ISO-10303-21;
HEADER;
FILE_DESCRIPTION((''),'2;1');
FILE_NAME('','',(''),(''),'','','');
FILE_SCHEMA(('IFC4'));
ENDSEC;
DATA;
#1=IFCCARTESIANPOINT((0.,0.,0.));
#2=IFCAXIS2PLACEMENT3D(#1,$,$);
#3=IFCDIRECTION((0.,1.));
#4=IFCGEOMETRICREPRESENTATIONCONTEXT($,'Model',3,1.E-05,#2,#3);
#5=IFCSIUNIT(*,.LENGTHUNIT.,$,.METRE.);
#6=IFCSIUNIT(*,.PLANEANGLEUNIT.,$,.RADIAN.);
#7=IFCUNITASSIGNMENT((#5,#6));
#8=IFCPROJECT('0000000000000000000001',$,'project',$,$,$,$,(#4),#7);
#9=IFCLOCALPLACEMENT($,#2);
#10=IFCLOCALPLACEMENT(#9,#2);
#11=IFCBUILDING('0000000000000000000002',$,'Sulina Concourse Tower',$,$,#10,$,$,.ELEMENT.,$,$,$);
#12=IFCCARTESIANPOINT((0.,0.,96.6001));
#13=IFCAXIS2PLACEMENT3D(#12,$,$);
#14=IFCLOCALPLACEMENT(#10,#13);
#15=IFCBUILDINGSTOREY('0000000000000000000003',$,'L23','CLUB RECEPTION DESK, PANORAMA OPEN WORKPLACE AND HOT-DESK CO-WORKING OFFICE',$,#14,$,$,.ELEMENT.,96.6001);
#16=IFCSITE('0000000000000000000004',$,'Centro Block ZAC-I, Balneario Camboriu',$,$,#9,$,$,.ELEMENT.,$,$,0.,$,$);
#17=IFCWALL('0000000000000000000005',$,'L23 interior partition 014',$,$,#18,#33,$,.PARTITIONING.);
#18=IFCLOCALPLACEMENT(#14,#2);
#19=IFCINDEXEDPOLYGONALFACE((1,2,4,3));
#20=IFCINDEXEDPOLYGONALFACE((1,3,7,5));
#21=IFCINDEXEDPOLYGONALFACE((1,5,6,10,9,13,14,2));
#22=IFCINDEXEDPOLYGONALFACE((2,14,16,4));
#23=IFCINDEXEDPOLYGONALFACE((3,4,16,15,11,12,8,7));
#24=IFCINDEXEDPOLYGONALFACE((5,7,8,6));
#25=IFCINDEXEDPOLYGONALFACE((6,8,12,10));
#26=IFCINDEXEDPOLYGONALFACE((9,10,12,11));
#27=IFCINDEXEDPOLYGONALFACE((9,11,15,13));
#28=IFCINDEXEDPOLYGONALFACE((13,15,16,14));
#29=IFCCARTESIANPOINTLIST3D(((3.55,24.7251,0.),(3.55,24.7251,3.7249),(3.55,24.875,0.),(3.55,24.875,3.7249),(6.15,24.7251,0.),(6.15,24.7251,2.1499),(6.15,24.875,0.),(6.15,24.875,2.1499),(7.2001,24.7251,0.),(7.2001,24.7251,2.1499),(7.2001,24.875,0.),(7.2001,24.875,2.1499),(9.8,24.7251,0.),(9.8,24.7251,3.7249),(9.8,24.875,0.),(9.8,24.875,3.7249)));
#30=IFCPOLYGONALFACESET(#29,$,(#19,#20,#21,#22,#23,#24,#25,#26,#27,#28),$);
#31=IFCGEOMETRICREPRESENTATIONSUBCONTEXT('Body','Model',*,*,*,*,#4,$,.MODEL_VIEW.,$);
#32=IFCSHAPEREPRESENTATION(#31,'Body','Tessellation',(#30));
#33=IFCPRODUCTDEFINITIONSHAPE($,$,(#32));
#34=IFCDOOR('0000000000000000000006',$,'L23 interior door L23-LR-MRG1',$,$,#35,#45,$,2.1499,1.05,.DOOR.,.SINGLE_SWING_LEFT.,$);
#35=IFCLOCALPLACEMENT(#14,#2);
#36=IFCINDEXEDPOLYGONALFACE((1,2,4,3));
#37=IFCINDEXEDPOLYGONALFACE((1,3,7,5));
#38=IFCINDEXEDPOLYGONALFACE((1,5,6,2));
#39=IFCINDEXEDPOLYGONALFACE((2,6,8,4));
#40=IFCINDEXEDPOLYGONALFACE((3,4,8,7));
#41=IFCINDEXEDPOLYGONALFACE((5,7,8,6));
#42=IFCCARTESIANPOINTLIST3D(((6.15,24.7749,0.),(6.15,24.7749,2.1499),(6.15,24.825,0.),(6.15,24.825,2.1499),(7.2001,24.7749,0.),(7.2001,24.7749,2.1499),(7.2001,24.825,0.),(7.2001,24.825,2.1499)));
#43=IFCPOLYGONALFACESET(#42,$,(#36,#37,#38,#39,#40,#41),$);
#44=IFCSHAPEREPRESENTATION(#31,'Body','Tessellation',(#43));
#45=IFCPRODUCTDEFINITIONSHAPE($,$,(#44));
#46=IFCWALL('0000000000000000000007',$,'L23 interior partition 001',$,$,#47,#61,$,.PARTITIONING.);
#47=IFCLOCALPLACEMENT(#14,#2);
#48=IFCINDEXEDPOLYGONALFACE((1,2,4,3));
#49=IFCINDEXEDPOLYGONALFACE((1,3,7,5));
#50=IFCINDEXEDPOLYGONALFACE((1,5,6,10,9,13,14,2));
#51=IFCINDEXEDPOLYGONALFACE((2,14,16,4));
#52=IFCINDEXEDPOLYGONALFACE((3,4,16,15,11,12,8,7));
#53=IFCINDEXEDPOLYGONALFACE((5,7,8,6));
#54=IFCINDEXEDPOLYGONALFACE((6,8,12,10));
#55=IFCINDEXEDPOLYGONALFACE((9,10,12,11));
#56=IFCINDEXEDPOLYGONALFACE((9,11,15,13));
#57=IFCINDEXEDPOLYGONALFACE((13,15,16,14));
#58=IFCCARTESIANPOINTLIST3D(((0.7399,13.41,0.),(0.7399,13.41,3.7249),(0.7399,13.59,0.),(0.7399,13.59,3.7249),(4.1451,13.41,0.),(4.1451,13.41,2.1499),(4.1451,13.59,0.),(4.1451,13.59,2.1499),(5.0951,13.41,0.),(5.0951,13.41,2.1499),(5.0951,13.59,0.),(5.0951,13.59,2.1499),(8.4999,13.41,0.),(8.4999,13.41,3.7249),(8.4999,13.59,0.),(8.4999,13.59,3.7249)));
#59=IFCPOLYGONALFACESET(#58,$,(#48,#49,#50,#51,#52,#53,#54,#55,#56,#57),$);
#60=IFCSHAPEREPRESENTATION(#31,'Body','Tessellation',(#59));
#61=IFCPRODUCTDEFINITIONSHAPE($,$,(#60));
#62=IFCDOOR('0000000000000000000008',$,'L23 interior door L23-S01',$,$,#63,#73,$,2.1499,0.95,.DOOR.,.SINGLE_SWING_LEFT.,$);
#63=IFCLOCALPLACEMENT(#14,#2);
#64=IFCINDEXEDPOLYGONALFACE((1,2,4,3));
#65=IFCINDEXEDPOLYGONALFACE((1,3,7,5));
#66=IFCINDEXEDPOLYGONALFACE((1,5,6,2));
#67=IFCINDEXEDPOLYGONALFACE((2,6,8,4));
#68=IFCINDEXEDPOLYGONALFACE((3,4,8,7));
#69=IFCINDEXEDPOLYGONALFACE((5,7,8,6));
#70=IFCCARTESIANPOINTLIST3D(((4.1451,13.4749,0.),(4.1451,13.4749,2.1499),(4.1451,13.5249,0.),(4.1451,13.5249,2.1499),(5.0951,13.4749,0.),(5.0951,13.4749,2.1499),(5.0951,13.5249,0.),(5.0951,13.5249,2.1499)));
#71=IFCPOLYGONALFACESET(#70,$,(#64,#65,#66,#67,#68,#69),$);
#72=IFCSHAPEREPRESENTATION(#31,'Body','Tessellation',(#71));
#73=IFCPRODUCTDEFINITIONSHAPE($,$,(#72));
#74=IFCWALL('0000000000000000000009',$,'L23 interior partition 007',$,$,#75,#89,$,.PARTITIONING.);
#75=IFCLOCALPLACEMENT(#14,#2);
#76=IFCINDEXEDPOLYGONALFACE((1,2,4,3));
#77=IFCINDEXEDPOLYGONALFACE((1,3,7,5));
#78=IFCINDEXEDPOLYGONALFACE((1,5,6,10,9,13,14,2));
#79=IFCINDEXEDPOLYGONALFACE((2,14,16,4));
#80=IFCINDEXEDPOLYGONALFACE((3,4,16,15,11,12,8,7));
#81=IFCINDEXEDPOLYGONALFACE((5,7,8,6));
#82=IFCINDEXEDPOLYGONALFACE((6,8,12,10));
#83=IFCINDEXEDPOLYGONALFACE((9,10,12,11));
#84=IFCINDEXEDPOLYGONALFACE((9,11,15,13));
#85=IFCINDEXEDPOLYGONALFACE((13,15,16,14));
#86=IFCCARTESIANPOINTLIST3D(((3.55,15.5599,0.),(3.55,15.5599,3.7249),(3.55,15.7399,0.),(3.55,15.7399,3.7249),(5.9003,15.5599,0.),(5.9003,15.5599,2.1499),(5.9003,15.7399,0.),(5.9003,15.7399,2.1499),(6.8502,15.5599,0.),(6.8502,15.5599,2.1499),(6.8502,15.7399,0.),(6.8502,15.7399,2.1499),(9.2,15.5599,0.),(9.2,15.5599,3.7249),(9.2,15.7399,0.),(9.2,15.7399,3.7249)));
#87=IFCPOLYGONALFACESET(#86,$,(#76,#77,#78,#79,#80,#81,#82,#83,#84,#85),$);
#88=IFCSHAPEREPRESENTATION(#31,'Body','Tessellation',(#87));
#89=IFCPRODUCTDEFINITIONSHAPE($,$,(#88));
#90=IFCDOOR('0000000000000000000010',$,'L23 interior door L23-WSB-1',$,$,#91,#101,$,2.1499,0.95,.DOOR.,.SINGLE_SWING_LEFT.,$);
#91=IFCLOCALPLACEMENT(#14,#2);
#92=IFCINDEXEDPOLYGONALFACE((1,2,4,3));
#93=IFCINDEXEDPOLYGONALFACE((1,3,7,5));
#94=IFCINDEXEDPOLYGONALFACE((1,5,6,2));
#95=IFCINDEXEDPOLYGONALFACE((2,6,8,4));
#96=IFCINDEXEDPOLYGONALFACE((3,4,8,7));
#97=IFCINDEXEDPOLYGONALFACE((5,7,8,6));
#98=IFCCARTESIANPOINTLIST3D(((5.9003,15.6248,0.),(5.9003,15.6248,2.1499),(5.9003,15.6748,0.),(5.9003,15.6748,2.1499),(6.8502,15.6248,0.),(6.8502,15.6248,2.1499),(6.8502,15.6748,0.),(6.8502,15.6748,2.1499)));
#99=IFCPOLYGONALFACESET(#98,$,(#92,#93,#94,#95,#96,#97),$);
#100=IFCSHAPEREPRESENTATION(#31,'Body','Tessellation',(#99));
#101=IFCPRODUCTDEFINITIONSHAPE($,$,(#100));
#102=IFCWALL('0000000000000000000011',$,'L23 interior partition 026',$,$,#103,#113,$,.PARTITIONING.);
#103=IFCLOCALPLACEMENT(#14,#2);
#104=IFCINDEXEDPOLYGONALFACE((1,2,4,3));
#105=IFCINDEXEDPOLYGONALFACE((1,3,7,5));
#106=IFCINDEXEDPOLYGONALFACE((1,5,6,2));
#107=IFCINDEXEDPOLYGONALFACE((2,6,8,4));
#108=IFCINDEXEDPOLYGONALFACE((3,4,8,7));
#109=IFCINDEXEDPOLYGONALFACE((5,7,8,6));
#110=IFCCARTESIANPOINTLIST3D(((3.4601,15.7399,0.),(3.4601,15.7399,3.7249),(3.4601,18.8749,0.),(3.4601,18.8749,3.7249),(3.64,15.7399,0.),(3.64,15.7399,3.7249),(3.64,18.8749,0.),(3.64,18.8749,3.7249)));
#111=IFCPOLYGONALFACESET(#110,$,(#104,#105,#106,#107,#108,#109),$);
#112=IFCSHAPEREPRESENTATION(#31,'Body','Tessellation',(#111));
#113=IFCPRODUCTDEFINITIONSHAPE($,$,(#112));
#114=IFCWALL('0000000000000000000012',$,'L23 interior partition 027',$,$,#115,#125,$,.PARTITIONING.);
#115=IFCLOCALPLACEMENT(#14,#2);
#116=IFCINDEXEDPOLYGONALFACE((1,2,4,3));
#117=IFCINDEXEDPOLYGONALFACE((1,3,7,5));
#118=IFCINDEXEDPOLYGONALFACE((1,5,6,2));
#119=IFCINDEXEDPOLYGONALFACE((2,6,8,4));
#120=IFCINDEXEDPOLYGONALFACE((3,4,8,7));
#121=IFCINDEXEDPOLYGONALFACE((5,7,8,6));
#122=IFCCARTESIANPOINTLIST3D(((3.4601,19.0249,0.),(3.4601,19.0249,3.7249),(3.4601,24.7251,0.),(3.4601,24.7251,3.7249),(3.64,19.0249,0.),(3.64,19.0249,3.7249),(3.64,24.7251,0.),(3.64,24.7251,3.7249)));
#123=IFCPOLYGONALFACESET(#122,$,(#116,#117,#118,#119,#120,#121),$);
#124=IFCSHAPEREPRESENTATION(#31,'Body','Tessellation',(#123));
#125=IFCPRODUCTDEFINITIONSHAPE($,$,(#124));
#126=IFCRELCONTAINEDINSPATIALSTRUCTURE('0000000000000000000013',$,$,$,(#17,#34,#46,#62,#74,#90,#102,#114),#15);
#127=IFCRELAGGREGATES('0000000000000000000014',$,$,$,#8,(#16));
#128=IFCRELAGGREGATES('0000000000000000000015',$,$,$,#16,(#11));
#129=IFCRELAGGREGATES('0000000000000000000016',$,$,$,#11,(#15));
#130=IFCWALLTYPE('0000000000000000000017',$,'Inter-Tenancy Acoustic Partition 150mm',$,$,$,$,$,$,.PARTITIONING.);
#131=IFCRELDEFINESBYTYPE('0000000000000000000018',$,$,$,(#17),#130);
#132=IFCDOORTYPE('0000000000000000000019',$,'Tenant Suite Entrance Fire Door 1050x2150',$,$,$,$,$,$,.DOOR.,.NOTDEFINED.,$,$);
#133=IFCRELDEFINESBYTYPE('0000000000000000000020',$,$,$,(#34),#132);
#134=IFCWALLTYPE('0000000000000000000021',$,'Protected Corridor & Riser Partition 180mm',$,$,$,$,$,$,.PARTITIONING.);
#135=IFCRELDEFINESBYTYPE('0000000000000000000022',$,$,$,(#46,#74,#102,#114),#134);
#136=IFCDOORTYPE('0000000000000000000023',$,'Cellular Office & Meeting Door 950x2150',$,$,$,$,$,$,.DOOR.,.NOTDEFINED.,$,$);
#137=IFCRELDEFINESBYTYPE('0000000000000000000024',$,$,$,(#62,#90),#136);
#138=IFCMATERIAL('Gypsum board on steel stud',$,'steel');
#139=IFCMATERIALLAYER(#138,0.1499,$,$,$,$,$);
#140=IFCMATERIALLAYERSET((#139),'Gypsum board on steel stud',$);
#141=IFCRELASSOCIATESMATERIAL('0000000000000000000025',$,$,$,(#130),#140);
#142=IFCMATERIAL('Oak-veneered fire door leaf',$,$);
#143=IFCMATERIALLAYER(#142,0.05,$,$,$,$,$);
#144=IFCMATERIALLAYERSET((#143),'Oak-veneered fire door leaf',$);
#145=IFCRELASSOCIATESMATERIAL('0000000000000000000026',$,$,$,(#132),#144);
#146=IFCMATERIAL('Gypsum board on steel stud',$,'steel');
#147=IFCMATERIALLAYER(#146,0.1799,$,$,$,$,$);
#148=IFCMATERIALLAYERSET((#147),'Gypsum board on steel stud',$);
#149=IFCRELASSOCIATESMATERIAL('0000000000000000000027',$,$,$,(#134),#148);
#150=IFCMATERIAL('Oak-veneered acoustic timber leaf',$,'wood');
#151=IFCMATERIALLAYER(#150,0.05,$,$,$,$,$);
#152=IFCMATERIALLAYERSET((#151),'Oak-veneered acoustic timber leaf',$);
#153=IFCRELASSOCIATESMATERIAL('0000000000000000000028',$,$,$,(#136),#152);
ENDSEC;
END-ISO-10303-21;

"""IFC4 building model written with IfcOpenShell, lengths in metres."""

from ifc_helpers import new_model, si_unit, direction, frame, frame_2d, origin, place, context, subcontext, project, spatial, rectangle, extrude, material, layer, layer_set, type_object, element, fill, save


model = new_model("IFC4")

# Units and contexts
model_context = context("Model", 3, precision=1e-05, world=origin(), true_north=direction((0.0, 1.0)))
body_context = subcontext(model_context, "Body", "Model", "MODEL_VIEW")
ifc_project = project(units=[si_unit("LENGTHUNIT", "METRE"), si_unit("PLANEANGLEUNIT", "RADIAN")], contexts=[model_context])

# Site, building, storey
site_placement = place(None, origin())
site = spatial("IfcSite", under=ifc_project, at=site_placement, Name="Centro Block ZAC-I, Balneario Camboriu", CompositionType="ELEMENT", RefElevation=0.0)
building_placement = place(site_placement, origin())
building = spatial("IfcBuilding", under=site, at=building_placement, Name="Sulina Concourse Tower", CompositionType="ELEMENT")
storey_placement = place(building_placement, frame((0.0, 0.0, 96.6001)))
storey = spatial("IfcBuildingStorey", under=building, at=storey_placement, Name="L23", Description="CLUB RECEPTION DESK, PANORAMA OPEN WORKPLACE AND HOT-DESK CO-WORKING OFFICE", CompositionType="ELEMENT", Elevation=96.6001)

# Shared definitions
ifc_material_1 = material(Name="Gypsum board on steel stud", Category="steel")
ifc_layer_1 = layer(ifc_material_1, 0.1499)
ifc_layer_set_1 = layer_set([ifc_layer_1], Name="Gypsum board on steel stud")
wall_type_1 = type_object("IfcWallType", Name="Inter-Tenancy Acoustic Partition 150mm", PredefinedType="PARTITIONING", material=ifc_layer_set_1)

# Walls, openings, doors
wall_1_placement = place(storey_placement, frame((3.55, 24.8, 0.0), z_axis=(0.0, 0.0, 1.0), x_axis=(1.0, 0.0, 0.0)))
wall_1 = element("IfcWall", 1, at=wall_1_placement, inside=storey, type_object=wall_type_1, Name="L23 interior partition 014", PredefinedType="PARTITIONING", context=body_context, shape_type="SweptSolid", body=[
    extrude(rectangle(XDim=6.25, YDim=0.1499, at=frame_2d((3.125, 0.0))), origin(), (0.0, 0.0, 1.0), 3.7249),
])
opening_1_placement = place(wall_1_placement, frame((2.6001, 0.0, 0.0)))
opening_1 = element("IfcOpeningElement", 2, at=opening_1_placement, cuts=wall_1, PredefinedType="OPENING", context=body_context, shape_type="SweptSolid", body=[
    extrude(rectangle(XDim=1.05, YDim=2.1499, at=frame_2d((0.5249, 1.075))), frame((0.0, 0.085, 0.0), z_axis=(0.0, -1.0, 0.0), x_axis=(1.0, 0.0, 0.0)), (0.0, 0.0, 1.0), 0.1699),
])
ifc_material_2 = material(Name="Oak-veneered fire door leaf")
ifc_layer_2 = layer(ifc_material_2, 0.05)
ifc_layer_set_2 = layer_set([ifc_layer_2], Name="Oak-veneered fire door leaf")
door_type_1 = type_object("IfcDoorType", Name="Tenant Suite Entrance Fire Door 1050x2150", OperationType="NOTDEFINED", PredefinedType="DOOR", material=ifc_layer_set_2)
door_1_placement = place(opening_1_placement, origin())
door_1 = element("IfcDoor", 3, at=door_1_placement, inside=storey, type_object=door_type_1, Name="L23 interior door L23-LR-MRG1", OperationType="SINGLE_SWING_LEFT", OverallHeight=2.1499, OverallWidth=1.05, PredefinedType="DOOR", context=body_context, shape_type="SweptSolid", body=[
    extrude(rectangle(XDim=1.05, YDim=2.1499, at=frame_2d((0.5249, 1.075))), frame((0.0, 0.0249, 0.0), z_axis=(0.0, -1.0, 0.0), x_axis=(1.0, 0.0, 0.0)), (0.0, 0.0, 1.0), 0.05),
])
fill(opening_1, door_1)
ifc_material_3 = material(Name="Gypsum board on steel stud", Category="steel")
ifc_layer_3 = layer(ifc_material_3, 0.1799)
ifc_layer_set_3 = layer_set([ifc_layer_3], Name="Gypsum board on steel stud")
wall_type_2 = type_object("IfcWallType", Name="Protected Corridor & Riser Partition 180mm", PredefinedType="PARTITIONING", material=ifc_layer_set_3)
wall_2_placement = place(storey_placement, frame((0.74, 13.5, 0.0), z_axis=(0.0, 0.0, 1.0), x_axis=(1.0, 0.0, 0.0)))
wall_2 = element("IfcWall", 4, at=wall_2_placement, inside=storey, type_object=wall_type_2, Name="L23 interior partition 001", PredefinedType="PARTITIONING", context=body_context, shape_type="SweptSolid", body=[
    extrude(rectangle(XDim=7.76, YDim=0.1799, at=frame_2d((3.8799, 0.0))), origin(), (0.0, 0.0, 1.0), 3.7249),
])
opening_2_placement = place(wall_2_placement, frame((3.405, 0.0, 0.0)))
opening_2 = element("IfcOpeningElement", 5, at=opening_2_placement, cuts=wall_2, PredefinedType="OPENING", context=body_context, shape_type="SweptSolid", body=[
    extrude(rectangle(XDim=0.95, YDim=2.1499, at=frame_2d((0.4751, 1.075))), frame((0.0, 0.0999, 0.0), z_axis=(0.0, -1.0, 0.0), x_axis=(1.0, 0.0, 0.0)), (0.0, 0.0, 1.0), 0.2),
])
ifc_material_4 = material(Name="Oak-veneered acoustic timber leaf", Category="wood")
ifc_layer_4 = layer(ifc_material_4, 0.05)
ifc_layer_set_4 = layer_set([ifc_layer_4], Name="Oak-veneered acoustic timber leaf")
door_type_2 = type_object("IfcDoorType", Name="Cellular Office & Meeting Door 950x2150", OperationType="NOTDEFINED", PredefinedType="DOOR", material=ifc_layer_set_4)
door_2_placement = place(opening_2_placement, origin())
door_2 = element("IfcDoor", 6, at=door_2_placement, inside=storey, type_object=door_type_2, Name="L23 interior door L23-S01", OperationType="SINGLE_SWING_LEFT", OverallHeight=2.1499, OverallWidth=0.95, PredefinedType="DOOR", context=body_context, shape_type="SweptSolid", body=[
    extrude(rectangle(XDim=0.95, YDim=2.1499, at=frame_2d((0.4751, 1.075))), frame((0.0, 0.0249, 0.0), z_axis=(0.0, -1.0, 0.0), x_axis=(1.0, 0.0, 0.0)), (0.0, 0.0, 1.0), 0.05),
])
fill(opening_2, door_2)
wall_3_placement = place(storey_placement, frame((3.55, 15.6499, 0.0), z_axis=(0.0, 0.0, 1.0), x_axis=(1.0, 0.0, 0.0)))
wall_3 = element("IfcWall", 7, at=wall_3_placement, inside=storey, type_object=wall_type_2, Name="L23 interior partition 007", PredefinedType="PARTITIONING", context=body_context, shape_type="SweptSolid", body=[
    extrude(rectangle(XDim=5.6499, YDim=0.1799, at=frame_2d((2.825, 0.0))), origin(), (0.0, 0.0, 1.0), 3.7249),
])
opening_3_placement = place(wall_3_placement, frame((2.3501, 0.0, 0.0)))
opening_3 = element("IfcOpeningElement", 8, at=opening_3_placement, cuts=wall_3, PredefinedType="OPENING", context=body_context, shape_type="SweptSolid", body=[
    extrude(rectangle(XDim=0.95, YDim=2.1499, at=frame_2d((0.4751, 1.075))), frame((0.0, 0.0999, 0.0), z_axis=(0.0, -1.0, 0.0), x_axis=(1.0, 0.0, 0.0)), (0.0, 0.0, 1.0), 0.2),
])
door_3_placement = place(opening_3_placement, origin())
door_3 = element("IfcDoor", 9, at=door_3_placement, inside=storey, type_object=door_type_2, Name="L23 interior door L23-WSB-1", OperationType="SINGLE_SWING_LEFT", OverallHeight=2.1499, OverallWidth=0.95, PredefinedType="DOOR", context=body_context, shape_type="SweptSolid", body=[
    extrude(rectangle(XDim=0.95, YDim=2.1499, at=frame_2d((0.4751, 1.075))), frame((0.0, 0.0249, 0.0), z_axis=(0.0, -1.0, 0.0), x_axis=(1.0, 0.0, 0.0)), (0.0, 0.0, 1.0), 0.05),
])
fill(opening_3, door_3)

# Walls
wall_4_placement = place(storey_placement, frame((3.55, 15.74, 0.0), z_axis=(0.0, 0.0, 1.0), x_axis=(0.0, 1.0, 0.0)))
element("IfcWall", 10, at=wall_4_placement, inside=storey, type_object=wall_type_2, Name="L23 interior partition 026", PredefinedType="PARTITIONING", context=body_context, shape_type="SweptSolid", body=[
    extrude(rectangle(XDim=3.135, YDim=0.1799, at=frame_2d((1.5674, 0.0))), origin(), (0.0, 0.0, 1.0), 3.7249),
])
wall_5_placement = place(storey_placement, frame((3.55, 19.0249, 0.0), z_axis=(0.0, 0.0, 1.0), x_axis=(0.0, 1.0, 0.0)))
element("IfcWall", 11, at=wall_5_placement, inside=storey, type_object=wall_type_2, Name="L23 interior partition 027", PredefinedType="PARTITIONING", context=body_context, shape_type="SweptSolid", body=[
    extrude(rectangle(XDim=5.7002, YDim=0.1799, at=frame_2d((2.8501, 0.0))), origin(), (0.0, 0.0, 1.0), 3.7249),
])

save(model, "model.ifc")
